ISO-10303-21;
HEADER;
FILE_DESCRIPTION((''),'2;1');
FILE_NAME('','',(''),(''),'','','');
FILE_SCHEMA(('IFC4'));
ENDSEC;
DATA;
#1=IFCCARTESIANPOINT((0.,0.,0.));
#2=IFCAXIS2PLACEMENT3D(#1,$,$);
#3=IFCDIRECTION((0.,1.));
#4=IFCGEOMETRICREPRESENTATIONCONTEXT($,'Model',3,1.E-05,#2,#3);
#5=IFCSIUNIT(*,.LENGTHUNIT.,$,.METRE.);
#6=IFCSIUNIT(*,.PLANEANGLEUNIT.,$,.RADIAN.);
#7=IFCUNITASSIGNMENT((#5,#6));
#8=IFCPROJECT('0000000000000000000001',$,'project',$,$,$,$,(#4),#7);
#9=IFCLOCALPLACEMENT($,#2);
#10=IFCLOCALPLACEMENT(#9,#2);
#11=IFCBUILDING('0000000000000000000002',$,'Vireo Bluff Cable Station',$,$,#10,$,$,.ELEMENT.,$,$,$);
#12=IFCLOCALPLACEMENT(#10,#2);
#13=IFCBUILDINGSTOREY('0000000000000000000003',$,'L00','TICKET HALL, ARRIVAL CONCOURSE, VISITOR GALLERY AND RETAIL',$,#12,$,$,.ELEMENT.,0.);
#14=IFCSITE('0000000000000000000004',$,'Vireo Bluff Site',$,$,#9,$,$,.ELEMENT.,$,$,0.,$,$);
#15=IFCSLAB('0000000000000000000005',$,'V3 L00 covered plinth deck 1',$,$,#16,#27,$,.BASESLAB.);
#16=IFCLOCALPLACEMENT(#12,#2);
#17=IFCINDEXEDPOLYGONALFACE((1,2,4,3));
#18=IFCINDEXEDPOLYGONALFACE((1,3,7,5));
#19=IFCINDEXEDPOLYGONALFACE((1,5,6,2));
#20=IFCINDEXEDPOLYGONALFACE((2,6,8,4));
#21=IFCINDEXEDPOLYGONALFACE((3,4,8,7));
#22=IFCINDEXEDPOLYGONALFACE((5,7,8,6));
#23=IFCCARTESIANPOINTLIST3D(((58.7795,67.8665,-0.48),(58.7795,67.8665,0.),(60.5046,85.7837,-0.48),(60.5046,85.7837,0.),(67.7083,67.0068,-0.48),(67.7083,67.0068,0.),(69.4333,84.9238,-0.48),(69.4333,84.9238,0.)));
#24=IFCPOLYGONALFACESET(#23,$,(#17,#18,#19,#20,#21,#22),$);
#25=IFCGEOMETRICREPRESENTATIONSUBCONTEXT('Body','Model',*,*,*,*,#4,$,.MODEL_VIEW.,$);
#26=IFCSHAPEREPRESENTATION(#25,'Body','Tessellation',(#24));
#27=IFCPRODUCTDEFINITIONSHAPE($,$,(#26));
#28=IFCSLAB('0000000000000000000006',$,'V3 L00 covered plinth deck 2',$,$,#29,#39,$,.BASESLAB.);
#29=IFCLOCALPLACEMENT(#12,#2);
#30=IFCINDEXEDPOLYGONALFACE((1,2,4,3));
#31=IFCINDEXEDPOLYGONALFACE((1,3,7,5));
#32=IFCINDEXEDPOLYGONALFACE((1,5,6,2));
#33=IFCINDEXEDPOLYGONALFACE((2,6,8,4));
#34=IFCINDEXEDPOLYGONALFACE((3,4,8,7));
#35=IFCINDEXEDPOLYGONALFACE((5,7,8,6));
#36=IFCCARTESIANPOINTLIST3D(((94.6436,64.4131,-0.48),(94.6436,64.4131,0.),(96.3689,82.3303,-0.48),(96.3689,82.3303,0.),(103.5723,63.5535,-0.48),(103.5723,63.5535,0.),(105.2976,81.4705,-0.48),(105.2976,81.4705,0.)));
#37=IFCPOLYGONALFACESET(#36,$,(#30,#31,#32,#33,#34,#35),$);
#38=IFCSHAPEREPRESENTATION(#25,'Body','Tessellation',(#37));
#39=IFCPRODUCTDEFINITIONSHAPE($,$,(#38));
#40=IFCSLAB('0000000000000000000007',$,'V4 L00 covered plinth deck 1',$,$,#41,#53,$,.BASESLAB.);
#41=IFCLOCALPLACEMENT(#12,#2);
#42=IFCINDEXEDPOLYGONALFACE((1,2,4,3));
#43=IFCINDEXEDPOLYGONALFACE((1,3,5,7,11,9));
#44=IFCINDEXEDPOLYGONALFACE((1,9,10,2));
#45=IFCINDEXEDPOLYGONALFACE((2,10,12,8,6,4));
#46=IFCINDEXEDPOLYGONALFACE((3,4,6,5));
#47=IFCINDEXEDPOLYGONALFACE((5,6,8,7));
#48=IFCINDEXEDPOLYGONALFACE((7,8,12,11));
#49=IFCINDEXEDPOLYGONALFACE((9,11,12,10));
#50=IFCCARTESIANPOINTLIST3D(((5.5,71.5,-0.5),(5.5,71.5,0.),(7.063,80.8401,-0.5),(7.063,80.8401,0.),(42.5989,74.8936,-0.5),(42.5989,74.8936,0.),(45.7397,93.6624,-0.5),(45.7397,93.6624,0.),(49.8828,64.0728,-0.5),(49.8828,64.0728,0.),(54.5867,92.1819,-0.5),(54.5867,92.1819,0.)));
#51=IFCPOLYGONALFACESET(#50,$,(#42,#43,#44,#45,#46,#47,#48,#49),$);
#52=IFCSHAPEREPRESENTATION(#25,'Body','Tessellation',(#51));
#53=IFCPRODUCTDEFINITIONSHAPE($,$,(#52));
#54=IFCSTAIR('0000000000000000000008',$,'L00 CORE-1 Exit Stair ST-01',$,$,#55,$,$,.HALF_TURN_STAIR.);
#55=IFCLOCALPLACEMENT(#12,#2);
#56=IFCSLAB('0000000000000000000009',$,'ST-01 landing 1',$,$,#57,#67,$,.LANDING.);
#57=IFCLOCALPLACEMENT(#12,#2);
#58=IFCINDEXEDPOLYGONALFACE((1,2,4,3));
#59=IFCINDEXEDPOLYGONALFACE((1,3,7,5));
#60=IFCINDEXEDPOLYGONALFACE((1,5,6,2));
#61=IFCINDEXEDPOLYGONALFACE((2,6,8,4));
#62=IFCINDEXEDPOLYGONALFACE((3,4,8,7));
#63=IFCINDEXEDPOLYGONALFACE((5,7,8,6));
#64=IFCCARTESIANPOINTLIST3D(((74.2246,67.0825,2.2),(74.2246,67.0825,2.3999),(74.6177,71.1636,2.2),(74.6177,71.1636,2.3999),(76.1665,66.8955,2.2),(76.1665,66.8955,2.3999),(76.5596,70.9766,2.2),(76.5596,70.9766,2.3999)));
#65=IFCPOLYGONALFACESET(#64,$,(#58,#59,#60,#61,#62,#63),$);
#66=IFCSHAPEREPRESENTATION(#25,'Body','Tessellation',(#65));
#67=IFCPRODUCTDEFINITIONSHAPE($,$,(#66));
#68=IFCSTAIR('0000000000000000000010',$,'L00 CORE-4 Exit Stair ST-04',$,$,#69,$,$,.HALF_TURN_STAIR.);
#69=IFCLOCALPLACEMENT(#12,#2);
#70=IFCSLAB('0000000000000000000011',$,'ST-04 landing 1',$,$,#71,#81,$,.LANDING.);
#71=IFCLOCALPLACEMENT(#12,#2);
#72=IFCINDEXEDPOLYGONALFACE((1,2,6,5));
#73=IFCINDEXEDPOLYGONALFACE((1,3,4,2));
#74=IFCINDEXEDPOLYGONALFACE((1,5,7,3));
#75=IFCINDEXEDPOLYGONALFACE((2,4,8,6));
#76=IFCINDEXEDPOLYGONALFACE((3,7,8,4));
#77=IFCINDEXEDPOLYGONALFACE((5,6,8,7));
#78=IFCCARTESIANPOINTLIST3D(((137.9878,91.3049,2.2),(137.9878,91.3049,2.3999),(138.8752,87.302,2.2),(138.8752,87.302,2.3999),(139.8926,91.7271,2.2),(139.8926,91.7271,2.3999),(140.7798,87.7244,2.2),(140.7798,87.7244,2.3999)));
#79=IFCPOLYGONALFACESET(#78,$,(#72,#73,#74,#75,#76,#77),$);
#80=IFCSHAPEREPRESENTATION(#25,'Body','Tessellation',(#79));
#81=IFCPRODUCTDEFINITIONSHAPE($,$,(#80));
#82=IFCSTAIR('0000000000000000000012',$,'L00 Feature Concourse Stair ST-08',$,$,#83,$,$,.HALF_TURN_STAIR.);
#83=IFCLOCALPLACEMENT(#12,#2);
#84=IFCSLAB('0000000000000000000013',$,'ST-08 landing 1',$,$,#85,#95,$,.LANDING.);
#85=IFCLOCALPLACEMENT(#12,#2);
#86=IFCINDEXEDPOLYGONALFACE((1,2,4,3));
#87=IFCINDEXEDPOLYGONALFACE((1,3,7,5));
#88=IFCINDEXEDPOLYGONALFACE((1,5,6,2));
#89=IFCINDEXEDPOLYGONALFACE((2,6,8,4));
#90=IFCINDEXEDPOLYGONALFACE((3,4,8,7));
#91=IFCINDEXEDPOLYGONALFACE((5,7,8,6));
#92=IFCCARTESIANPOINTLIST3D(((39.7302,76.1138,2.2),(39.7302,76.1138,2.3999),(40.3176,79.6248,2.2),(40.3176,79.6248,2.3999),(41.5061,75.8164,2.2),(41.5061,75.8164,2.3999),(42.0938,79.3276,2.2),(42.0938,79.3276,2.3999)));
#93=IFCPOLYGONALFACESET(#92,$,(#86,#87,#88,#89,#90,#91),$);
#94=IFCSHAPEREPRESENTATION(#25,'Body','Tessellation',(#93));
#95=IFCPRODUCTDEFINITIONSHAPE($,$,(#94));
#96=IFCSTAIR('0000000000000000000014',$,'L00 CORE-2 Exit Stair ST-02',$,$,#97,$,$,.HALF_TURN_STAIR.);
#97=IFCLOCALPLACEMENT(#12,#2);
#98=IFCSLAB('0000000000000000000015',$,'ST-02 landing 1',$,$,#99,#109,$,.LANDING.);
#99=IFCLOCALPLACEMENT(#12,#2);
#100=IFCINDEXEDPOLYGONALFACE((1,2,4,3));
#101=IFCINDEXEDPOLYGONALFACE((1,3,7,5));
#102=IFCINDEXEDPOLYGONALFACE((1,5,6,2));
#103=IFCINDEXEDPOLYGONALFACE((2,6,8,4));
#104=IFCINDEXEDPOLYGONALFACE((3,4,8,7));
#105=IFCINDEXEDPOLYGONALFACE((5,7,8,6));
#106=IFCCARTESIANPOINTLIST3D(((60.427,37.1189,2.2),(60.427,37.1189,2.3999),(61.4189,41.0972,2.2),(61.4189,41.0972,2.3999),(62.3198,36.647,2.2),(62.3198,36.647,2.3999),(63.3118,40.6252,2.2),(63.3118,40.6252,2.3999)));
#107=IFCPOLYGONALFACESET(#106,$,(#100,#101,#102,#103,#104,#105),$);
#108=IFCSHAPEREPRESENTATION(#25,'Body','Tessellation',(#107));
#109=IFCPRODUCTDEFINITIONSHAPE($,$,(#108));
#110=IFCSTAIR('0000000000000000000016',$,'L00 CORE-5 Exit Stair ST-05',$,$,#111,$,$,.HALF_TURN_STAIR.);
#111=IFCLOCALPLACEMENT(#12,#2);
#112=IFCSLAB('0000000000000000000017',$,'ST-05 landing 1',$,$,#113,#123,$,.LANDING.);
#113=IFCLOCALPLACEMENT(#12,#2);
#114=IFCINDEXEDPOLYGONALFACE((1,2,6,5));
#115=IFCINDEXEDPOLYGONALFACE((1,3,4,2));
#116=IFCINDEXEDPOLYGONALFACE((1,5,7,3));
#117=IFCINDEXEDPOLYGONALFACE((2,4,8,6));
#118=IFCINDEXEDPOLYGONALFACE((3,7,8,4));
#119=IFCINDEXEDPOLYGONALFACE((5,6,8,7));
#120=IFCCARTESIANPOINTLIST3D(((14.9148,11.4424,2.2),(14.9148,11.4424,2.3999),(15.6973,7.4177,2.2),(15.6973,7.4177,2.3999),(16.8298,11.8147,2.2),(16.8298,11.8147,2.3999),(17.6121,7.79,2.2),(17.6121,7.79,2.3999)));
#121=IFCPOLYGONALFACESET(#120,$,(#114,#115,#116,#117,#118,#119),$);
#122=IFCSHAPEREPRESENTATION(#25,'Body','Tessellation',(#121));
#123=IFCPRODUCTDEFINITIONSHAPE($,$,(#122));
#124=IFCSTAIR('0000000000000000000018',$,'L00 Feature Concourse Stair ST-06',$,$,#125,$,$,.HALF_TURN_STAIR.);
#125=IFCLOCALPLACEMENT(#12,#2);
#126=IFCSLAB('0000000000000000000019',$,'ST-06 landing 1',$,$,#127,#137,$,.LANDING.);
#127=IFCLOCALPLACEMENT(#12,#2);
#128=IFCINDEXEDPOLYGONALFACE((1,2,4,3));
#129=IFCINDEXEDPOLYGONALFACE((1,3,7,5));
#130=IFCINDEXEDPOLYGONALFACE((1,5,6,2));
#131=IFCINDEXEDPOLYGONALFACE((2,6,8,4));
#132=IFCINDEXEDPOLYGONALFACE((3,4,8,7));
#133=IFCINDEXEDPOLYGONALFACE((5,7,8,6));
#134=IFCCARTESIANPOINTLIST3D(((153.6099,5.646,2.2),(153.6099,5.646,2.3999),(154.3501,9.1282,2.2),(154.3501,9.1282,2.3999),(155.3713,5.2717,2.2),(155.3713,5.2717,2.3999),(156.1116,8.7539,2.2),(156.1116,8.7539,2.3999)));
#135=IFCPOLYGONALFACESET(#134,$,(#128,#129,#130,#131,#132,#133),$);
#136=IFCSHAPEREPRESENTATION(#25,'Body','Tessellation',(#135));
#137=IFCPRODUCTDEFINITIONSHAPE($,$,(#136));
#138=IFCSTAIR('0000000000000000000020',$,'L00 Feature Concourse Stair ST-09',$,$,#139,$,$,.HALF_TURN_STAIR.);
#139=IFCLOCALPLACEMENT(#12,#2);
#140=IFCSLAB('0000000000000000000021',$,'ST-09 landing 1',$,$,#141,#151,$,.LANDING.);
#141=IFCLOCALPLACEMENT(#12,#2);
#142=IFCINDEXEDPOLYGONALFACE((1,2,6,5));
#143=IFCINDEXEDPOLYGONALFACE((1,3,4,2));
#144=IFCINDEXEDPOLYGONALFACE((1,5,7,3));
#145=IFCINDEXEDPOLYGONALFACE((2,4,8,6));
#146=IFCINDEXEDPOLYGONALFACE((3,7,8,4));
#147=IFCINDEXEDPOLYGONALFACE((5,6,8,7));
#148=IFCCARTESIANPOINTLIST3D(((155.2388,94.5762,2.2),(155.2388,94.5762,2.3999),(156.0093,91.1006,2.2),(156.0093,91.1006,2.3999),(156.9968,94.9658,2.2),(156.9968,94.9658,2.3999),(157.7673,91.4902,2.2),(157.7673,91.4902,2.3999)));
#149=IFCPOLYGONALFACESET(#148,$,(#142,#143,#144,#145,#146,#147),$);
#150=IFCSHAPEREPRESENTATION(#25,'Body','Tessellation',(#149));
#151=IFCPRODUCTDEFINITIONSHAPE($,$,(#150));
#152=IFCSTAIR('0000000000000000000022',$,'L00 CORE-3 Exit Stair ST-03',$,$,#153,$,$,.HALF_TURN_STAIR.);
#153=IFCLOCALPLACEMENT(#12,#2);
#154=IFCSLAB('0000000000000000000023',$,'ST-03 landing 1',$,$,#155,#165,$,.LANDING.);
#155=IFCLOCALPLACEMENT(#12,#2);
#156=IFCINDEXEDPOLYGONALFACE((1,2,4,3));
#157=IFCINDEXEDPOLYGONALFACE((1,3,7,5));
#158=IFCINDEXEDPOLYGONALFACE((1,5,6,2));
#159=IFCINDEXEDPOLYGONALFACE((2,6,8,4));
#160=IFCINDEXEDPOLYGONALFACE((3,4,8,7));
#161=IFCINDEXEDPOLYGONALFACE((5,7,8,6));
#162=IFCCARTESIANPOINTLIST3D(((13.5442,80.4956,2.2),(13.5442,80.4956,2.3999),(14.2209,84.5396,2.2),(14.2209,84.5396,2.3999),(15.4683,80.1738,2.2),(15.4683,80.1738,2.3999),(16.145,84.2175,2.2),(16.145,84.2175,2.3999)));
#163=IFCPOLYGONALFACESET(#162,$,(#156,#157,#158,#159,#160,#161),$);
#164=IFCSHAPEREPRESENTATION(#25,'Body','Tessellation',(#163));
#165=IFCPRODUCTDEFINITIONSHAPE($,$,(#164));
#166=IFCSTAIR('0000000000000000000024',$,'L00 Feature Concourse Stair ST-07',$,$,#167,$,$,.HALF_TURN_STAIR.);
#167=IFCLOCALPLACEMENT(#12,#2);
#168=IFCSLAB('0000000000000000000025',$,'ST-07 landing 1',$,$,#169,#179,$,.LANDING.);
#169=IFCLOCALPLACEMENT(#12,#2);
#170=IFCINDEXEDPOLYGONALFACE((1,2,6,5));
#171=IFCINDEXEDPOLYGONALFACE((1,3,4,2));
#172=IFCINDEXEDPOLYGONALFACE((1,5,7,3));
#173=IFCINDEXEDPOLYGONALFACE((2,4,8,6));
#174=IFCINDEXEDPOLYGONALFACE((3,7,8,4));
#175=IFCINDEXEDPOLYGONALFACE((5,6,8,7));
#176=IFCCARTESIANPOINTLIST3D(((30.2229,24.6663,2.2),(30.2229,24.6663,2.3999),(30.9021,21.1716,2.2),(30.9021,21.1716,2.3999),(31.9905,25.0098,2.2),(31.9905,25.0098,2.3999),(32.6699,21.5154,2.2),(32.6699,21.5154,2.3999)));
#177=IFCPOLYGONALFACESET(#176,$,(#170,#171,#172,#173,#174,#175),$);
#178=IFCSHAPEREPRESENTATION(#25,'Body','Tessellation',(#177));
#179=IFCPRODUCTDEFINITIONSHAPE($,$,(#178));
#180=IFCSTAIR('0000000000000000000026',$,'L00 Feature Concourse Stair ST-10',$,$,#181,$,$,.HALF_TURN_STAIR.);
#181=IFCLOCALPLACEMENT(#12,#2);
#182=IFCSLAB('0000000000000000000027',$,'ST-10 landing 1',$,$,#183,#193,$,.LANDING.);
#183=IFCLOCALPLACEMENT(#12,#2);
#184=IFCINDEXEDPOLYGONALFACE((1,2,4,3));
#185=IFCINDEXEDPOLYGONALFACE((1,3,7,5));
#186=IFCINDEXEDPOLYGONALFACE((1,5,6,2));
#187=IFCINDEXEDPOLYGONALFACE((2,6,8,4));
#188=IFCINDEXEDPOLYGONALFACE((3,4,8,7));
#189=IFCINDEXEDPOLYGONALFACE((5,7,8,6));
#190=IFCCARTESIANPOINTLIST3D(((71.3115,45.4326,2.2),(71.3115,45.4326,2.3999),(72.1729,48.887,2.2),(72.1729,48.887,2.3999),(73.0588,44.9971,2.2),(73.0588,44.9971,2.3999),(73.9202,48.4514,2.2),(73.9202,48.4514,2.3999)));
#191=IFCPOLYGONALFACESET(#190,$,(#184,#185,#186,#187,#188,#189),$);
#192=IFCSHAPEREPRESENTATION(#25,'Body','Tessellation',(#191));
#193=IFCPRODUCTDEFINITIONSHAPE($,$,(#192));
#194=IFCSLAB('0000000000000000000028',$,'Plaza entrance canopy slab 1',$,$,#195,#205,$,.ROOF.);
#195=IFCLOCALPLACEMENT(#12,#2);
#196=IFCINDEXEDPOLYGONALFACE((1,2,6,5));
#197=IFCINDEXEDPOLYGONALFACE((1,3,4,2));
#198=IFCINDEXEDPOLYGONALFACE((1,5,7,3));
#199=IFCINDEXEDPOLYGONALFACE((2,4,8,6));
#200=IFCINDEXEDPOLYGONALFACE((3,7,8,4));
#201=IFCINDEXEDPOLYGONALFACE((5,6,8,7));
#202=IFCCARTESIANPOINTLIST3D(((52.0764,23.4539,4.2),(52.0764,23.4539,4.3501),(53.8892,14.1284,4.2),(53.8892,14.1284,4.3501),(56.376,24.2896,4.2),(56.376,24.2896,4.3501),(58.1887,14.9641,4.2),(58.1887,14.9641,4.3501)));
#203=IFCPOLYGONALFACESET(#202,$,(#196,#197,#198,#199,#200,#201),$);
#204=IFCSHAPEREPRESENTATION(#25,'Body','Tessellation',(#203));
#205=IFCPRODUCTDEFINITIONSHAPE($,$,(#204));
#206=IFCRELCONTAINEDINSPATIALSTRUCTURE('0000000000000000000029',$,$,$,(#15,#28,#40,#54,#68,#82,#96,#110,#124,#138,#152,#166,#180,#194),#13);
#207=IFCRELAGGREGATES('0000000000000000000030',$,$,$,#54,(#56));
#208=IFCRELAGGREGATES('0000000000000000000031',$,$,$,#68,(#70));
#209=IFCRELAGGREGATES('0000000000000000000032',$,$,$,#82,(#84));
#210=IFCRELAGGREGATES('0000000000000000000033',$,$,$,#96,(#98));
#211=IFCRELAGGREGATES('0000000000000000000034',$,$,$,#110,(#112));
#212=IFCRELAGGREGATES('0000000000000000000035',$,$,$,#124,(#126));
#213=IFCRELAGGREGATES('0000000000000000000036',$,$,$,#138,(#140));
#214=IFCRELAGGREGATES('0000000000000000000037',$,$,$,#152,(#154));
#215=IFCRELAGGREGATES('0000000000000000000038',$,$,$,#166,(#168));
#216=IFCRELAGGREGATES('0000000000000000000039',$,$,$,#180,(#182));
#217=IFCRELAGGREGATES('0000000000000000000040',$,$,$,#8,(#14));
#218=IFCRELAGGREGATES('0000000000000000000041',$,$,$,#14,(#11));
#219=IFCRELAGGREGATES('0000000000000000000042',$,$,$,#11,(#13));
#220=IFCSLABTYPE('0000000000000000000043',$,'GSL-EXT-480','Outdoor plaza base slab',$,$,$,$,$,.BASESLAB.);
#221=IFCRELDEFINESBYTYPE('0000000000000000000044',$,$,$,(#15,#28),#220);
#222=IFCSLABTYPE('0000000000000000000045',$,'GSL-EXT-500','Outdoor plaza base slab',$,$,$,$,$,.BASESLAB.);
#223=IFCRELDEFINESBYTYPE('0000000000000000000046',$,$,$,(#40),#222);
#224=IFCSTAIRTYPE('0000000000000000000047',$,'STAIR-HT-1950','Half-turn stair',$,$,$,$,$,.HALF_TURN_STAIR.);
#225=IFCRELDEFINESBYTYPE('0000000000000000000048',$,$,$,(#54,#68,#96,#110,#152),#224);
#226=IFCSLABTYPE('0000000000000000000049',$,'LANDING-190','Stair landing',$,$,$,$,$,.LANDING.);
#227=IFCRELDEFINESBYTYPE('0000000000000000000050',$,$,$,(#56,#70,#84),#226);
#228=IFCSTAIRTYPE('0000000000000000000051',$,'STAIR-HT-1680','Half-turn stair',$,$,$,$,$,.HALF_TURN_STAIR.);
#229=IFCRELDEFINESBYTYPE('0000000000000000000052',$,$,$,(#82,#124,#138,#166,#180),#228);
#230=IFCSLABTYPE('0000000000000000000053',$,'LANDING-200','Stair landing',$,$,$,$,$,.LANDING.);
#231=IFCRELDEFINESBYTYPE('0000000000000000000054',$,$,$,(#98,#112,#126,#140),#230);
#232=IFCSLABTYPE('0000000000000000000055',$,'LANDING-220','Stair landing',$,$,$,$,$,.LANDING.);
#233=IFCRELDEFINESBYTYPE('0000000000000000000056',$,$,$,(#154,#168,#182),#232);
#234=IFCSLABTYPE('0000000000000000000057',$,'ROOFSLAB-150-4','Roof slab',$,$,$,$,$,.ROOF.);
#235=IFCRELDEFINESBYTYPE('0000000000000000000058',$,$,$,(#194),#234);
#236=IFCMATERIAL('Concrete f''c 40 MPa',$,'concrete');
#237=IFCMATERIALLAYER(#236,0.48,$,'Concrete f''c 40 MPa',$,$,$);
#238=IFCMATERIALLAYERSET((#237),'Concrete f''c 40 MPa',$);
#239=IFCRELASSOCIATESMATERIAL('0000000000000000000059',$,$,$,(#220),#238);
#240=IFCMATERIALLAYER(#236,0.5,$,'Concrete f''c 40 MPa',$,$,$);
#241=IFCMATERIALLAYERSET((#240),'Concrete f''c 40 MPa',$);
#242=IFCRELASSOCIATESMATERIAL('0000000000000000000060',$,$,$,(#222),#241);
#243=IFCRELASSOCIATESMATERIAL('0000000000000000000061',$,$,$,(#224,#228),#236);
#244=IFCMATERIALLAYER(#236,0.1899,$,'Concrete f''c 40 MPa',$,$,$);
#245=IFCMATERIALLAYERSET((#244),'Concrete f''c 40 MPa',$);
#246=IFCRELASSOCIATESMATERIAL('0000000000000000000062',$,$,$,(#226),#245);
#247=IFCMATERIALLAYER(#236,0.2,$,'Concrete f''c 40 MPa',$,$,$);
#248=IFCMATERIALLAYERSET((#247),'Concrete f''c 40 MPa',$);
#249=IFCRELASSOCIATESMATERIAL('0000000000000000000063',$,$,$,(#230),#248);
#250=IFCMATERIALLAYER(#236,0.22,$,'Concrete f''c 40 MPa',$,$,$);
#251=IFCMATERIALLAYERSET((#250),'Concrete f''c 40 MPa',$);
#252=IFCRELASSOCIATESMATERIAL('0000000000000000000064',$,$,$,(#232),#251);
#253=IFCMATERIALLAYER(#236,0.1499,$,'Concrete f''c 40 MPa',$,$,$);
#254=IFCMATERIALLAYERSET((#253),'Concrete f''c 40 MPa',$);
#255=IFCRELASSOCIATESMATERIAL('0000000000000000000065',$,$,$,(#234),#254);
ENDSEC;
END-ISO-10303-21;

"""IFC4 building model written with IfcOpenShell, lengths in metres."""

from ifc_helpers import new_model, si_unit, direction, frame, origin, place, context, subcontext, project, spatial, polyline, outline, extrude, material, layer, layer_set, type_object, element, aggregate, save


model = new_model("IFC4")

# Units and contexts
model_context = context("Model", 3, precision=1e-05, world=origin(), true_north=direction((0.0, 1.0)))
body_context = subcontext(model_context, "Body", "Model", "MODEL_VIEW")
ifc_project = project(units=[si_unit("LENGTHUNIT", "METRE"), si_unit("PLANEANGLEUNIT", "RADIAN")], contexts=[model_context])

# Site, building, storey
site_placement = place(None, origin())
site = spatial("IfcSite", under=ifc_project, at=site_placement, Name="Vireo Bluff Site", CompositionType="ELEMENT", RefElevation=0.0)
building_placement = place(site_placement, origin())
building = spatial("IfcBuilding", under=site, at=building_placement, Name="Vireo Bluff Cable Station", CompositionType="ELEMENT")
storey_placement = place(building_placement, origin())
storey = spatial("IfcBuildingStorey", under=building, at=storey_placement, Name="L00", Description="TICKET HALL, ARRIVAL CONCOURSE, VISITOR GALLERY AND RETAIL", CompositionType="ELEMENT", Elevation=0.0)

# Slabs
ifc_material = material(Name="Concrete f'c 40 MPa", Category="concrete")
ifc_layer_1 = layer(ifc_material, 0.48, Name="Concrete f'c 40 MPa")
ifc_layer_set_1 = layer_set([ifc_layer_1], Name="Concrete f'c 40 MPa")
slab_type_1 = type_object("IfcSlabType", Name="GSL-EXT-480", Description="Outdoor plaza base slab", PredefinedType="BASESLAB", material=ifc_layer_set_1)
slab_1_placement = place(storey_placement, frame((0.0, 0.0, -0.48)))
element("IfcSlab", 1, at=slab_1_placement, inside=storey, type_object=slab_type_1, Name="V3 L00 covered plinth deck 1", PredefinedType="BASESLAB", context=body_context, shape_type="SweptSolid", body=[
    extrude(outline(polyline([(58.7795, 67.8665), (60.5046, 85.7837), (69.4333, 84.9238), (67.7083, 67.0068), (58.7795, 67.8665)])), origin(), (0.0, 0.0, 1.0), 0.48),
])
slab_2_placement = place(storey_placement, frame((0.0, 0.0, -0.48)))
element("IfcSlab", 2, at=slab_2_placement, inside=storey, type_object=slab_type_1, Name="V3 L00 covered plinth deck 2", PredefinedType="BASESLAB", context=body_context, shape_type="SweptSolid", body=[
    extrude(outline(polyline([(105.2976, 81.4705), (103.5723, 63.5535), (94.6436, 64.4131), (96.3689, 82.3303), (105.2976, 81.4705)])), origin(), (0.0, 0.0, 1.0), 0.48),
])
ifc_layer_2 = layer(ifc_material, 0.5, Name="Concrete f'c 40 MPa")
ifc_layer_set_2 = layer_set([ifc_layer_2], Name="Concrete f'c 40 MPa")
slab_type_2 = type_object("IfcSlabType", Name="GSL-EXT-500", Description="Outdoor plaza base slab", PredefinedType="BASESLAB", material=ifc_layer_set_2)
slab_3_placement = place(storey_placement, frame((0.0, 0.0, -0.5)))
element("IfcSlab", 3, at=slab_3_placement, inside=storey, type_object=slab_type_2, Name="V4 L00 covered plinth deck 1", PredefinedType="BASESLAB", context=body_context, shape_type="SweptSolid", body=[
    extrude(outline(polyline([(54.5867, 92.1819), (49.8828, 64.0728), (5.5, 71.5), (7.063, 80.8401), (42.5989, 74.8936), (45.7397, 93.6624), (54.5867, 92.1819)])), origin(), (0.0, 0.0, 1.0), 0.5),
])

# Stairs, slabs
stair_type_1 = type_object("IfcStairType", Name="STAIR-HT-1950", Description="Half-turn stair", PredefinedType="HALF_TURN_STAIR", material=ifc_material)
stair_1_placement = place(storey_placement, origin())
stair_1 = element("IfcStair", 4, at=stair_1_placement, inside=storey, type_object=stair_type_1, Name="L00 CORE-1 Exit Stair ST-01", PredefinedType="HALF_TURN_STAIR")
ifc_layer_3 = layer(ifc_material, 0.1899, Name="Concrete f'c 40 MPa")
ifc_layer_set_3 = layer_set([ifc_layer_3], Name="Concrete f'c 40 MPa")
slab_type_3 = type_object("IfcSlabType", Name="LANDING-190", Description="Stair landing", PredefinedType="LANDING", material=ifc_layer_set_3)
slab_4_placement = place(storey_placement, frame((0.0, 0.0, 2.2)))
slab_4 = element("IfcSlab", 5, at=slab_4_placement, type_object=slab_type_3, Name="ST-01 landing 1", PredefinedType="LANDING", context=body_context, shape_type="SweptSolid", body=[
    extrude(outline(polyline([(74.2246, 67.0825), (76.1665, 66.8955), (76.5596, 70.9766), (74.6177, 71.1636), (74.2246, 67.0825)])), origin(), (0.0, 0.0, 1.0), 0.2),
])
aggregate(stair_1, [slab_4])
stair_2_placement = place(storey_placement, origin())
stair_2 = element("IfcStair", 6, at=stair_2_placement, inside=storey, type_object=stair_type_1, Name="L00 CORE-4 Exit Stair ST-04", PredefinedType="HALF_TURN_STAIR")
slab_5_placement = place(storey_placement, frame((0.0, 0.0, 2.2)))
slab_5 = element("IfcSlab", 7, at=slab_5_placement, type_object=slab_type_3, Name="ST-04 landing 1", PredefinedType="LANDING", context=body_context, shape_type="SweptSolid", body=[
    extrude(outline(polyline([(138.8752, 87.302), (140.7798, 87.7244), (139.8926, 91.7271), (137.9878, 91.3049), (138.8752, 87.302)])), origin(), (0.0, 0.0, 1.0), 0.2),
])
aggregate(stair_2, [slab_5])
stair_type_2 = type_object("IfcStairType", Name="STAIR-HT-1680", Description="Half-turn stair", PredefinedType="HALF_TURN_STAIR", material=ifc_material)
stair_3_placement = place(storey_placement, origin())
stair_3 = element("IfcStair", 8, at=stair_3_placement, inside=storey, type_object=stair_type_2, Name="L00 Feature Concourse Stair ST-08", PredefinedType="HALF_TURN_STAIR")
slab_6_placement = place(storey_placement, frame((0.0, 0.0, 2.2)))
slab_6 = element("IfcSlab", 9, at=slab_6_placement, type_object=slab_type_3, Name="ST-08 landing 1", PredefinedType="LANDING", context=body_context, shape_type="SweptSolid", body=[
    extrude(outline(polyline([(39.7302, 76.1138), (41.5061, 75.8164), (42.0938, 79.3276), (40.3176, 79.6248), (39.7302, 76.1138)])), origin(), (0.0, 0.0, 1.0), 0.2),
])
aggregate(stair_3, [slab_6])
stair_4_placement = place(storey_placement, origin())
stair_4 = element("IfcStair", 10, at=stair_4_placement, inside=storey, type_object=stair_type_1, Name="L00 CORE-2 Exit Stair ST-02", PredefinedType="HALF_TURN_STAIR")
ifc_layer_4 = layer(ifc_material, 0.2, Name="Concrete f'c 40 MPa")
ifc_layer_set_4 = layer_set([ifc_layer_4], Name="Concrete f'c 40 MPa")
slab_type_4 = type_object("IfcSlabType", Name="LANDING-200", Description="Stair landing", PredefinedType="LANDING", material=ifc_layer_set_4)
slab_7_placement = place(storey_placement, frame((0.0, 0.0, 2.2)))
slab_7 = element("IfcSlab", 11, at=slab_7_placement, type_object=slab_type_4, Name="ST-02 landing 1", PredefinedType="LANDING", context=body_context, shape_type="SweptSolid", body=[
    extrude(outline(polyline([(60.427, 37.1189), (62.3198, 36.647), (63.3118, 40.6252), (61.4189, 41.0972), (60.427, 37.1189)])), origin(), (0.0, 0.0, 1.0), 0.2),
])
aggregate(stair_4, [slab_7])
stair_5_placement = place(storey_placement, origin())
stair_5 = element("IfcStair", 12, at=stair_5_placement, inside=storey, type_object=stair_type_1, Name="L00 CORE-5 Exit Stair ST-05", PredefinedType="HALF_TURN_STAIR")
slab_8_placement = place(storey_placement, frame((0.0, 0.0, 2.2)))
slab_8 = element("IfcSlab", 13, at=slab_8_placement, type_object=slab_type_4, Name="ST-05 landing 1", PredefinedType="LANDING", context=body_context, shape_type="SweptSolid", body=[
    extrude(outline(polyline([(15.6973, 7.4177), (17.6121, 7.79), (16.8298, 11.8147), (14.9148, 11.4424), (15.6973, 7.4177)])), origin(), (0.0, 0.0, 1.0), 0.2),
])
aggregate(stair_5, [slab_8])
stair_6_placement = place(storey_placement, origin())
stair_6 = element("IfcStair", 14, at=stair_6_placement, inside=storey, type_object=stair_type_2, Name="L00 Feature Concourse Stair ST-06", PredefinedType="HALF_TURN_STAIR")
slab_9_placement = place(storey_placement, frame((0.0, 0.0, 2.2)))
slab_9 = element("IfcSlab", 15, at=slab_9_placement, type_object=slab_type_4, Name="ST-06 landing 1", PredefinedType="LANDING", context=body_context, shape_type="SweptSolid", body=[
    extrude(outline(polyline([(153.6099, 5.646), (155.3713, 5.2717), (156.1116, 8.7539), (154.3501, 9.1282), (153.6099, 5.646)])), origin(), (0.0, 0.0, 1.0), 0.2),
])
aggregate(stair_6, [slab_9])
stair_7_placement = place(storey_placement, origin())
stair_7 = element("IfcStair", 16, at=stair_7_placement, inside=storey, type_object=stair_type_2, Name="L00 Feature Concourse Stair ST-09", PredefinedType="HALF_TURN_STAIR")
slab_10_placement = place(storey_placement, frame((0.0, 0.0, 2.2)))
slab_10 = element("IfcSlab", 17, at=slab_10_placement, type_object=slab_type_4, Name="ST-09 landing 1", PredefinedType="LANDING", context=body_context, shape_type="SweptSolid", body=[
    extrude(outline(polyline([(156.0093, 91.1006), (157.7673, 91.4902), (156.9968, 94.9658), (155.2388, 94.5762), (156.0093, 91.1006)])), origin(), (0.0, 0.0, 1.0), 0.2),
])
aggregate(stair_7, [slab_10])
stair_8_placement = place(storey_placement, origin())
stair_8 = element("IfcStair", 18, at=stair_8_placement, inside=storey, type_object=stair_type_1, Name="L00 CORE-3 Exit Stair ST-03", PredefinedType="HALF_TURN_STAIR")
ifc_layer_5 = layer(ifc_material, 0.22, Name="Concrete f'c 40 MPa")
ifc_layer_set_5 = layer_set([ifc_layer_5], Name="Concrete f'c 40 MPa")
slab_type_5 = type_object("IfcSlabType", Name="LANDING-220", Description="Stair landing", PredefinedType="LANDING", material=ifc_layer_set_5)
slab_11_placement = place(storey_placement, frame((0.0, 0.0, 2.2)))
slab_11 = element("IfcSlab", 19, at=slab_11_placement, type_object=slab_type_5, Name="ST-03 landing 1", PredefinedType="LANDING", context=body_context, shape_type="SweptSolid", body=[
    extrude(outline(polyline([(13.5442, 80.4956), (15.4683, 80.1738), (16.145, 84.2175), (14.2209, 84.5396), (13.5442, 80.4956)])), origin(), (0.0, 0.0, 1.0), 0.2),
])
aggregate(stair_8, [slab_11])
stair_9_placement = place(storey_placement, origin())
stair_9 = element("IfcStair", 20, at=stair_9_placement, inside=storey, type_object=stair_type_2, Name="L00 Feature Concourse Stair ST-07", PredefinedType="HALF_TURN_STAIR")
slab_12_placement = place(storey_placement, frame((0.0, 0.0, 2.2)))
slab_12 = element("IfcSlab", 21, at=slab_12_placement, type_object=slab_type_5, Name="ST-07 landing 1", PredefinedType="LANDING", context=body_context, shape_type="SweptSolid", body=[
    extrude(outline(polyline([(30.9021, 21.1716), (32.6699, 21.5154), (31.9905, 25.0098), (30.2229, 24.6663), (30.9021, 21.1716)])), origin(), (0.0, 0.0, 1.0), 0.2),
])
aggregate(stair_9, [slab_12])
stair_10_placement = place(storey_placement, origin())
stair_10 = element("IfcStair", 22, at=stair_10_placement, inside=storey, type_object=stair_type_2, Name="L00 Feature Concourse Stair ST-10", PredefinedType="HALF_TURN_STAIR")
slab_13_placement = place(storey_placement, frame((0.0, 0.0, 2.2)))
slab_13 = element("IfcSlab", 23, at=slab_13_placement, type_object=slab_type_5, Name="ST-10 landing 1", PredefinedType="LANDING", context=body_context, shape_type="SweptSolid", body=[
    extrude(outline(polyline([(71.3115, 45.4326), (73.0588, 44.9971), (73.9202, 48.4514), (72.1729, 48.887), (71.3115, 45.4326)])), origin(), (0.0, 0.0, 1.0), 0.2),
])
aggregate(stair_10, [slab_13])

# Slab
ifc_layer_6 = layer(ifc_material, 0.1499, Name="Concrete f'c 40 MPa")
ifc_layer_set_6 = layer_set([ifc_layer_6], Name="Concrete f'c 40 MPa")
slab_type_6 = type_object("IfcSlabType", Name="ROOFSLAB-150-4", Description="Roof slab", PredefinedType="ROOF", material=ifc_layer_set_6)
slab_14_placement = place(storey_placement, frame((0.0, 0.0, 4.2)))
element("IfcSlab", 24, at=slab_14_placement, inside=storey, type_object=slab_type_6, Name="Plaza entrance canopy slab 1", PredefinedType="ROOF", context=body_context, shape_type="SweptSolid", body=[
    extrude(outline(polyline([(53.8892, 14.1284), (58.1887, 14.9641), (56.376, 24.2896), (52.0764, 23.4539), (53.8892, 14.1284)])), origin(), (0.0, 0.0, 1.0), 0.1501),
])

save(model, "model.ifc")
